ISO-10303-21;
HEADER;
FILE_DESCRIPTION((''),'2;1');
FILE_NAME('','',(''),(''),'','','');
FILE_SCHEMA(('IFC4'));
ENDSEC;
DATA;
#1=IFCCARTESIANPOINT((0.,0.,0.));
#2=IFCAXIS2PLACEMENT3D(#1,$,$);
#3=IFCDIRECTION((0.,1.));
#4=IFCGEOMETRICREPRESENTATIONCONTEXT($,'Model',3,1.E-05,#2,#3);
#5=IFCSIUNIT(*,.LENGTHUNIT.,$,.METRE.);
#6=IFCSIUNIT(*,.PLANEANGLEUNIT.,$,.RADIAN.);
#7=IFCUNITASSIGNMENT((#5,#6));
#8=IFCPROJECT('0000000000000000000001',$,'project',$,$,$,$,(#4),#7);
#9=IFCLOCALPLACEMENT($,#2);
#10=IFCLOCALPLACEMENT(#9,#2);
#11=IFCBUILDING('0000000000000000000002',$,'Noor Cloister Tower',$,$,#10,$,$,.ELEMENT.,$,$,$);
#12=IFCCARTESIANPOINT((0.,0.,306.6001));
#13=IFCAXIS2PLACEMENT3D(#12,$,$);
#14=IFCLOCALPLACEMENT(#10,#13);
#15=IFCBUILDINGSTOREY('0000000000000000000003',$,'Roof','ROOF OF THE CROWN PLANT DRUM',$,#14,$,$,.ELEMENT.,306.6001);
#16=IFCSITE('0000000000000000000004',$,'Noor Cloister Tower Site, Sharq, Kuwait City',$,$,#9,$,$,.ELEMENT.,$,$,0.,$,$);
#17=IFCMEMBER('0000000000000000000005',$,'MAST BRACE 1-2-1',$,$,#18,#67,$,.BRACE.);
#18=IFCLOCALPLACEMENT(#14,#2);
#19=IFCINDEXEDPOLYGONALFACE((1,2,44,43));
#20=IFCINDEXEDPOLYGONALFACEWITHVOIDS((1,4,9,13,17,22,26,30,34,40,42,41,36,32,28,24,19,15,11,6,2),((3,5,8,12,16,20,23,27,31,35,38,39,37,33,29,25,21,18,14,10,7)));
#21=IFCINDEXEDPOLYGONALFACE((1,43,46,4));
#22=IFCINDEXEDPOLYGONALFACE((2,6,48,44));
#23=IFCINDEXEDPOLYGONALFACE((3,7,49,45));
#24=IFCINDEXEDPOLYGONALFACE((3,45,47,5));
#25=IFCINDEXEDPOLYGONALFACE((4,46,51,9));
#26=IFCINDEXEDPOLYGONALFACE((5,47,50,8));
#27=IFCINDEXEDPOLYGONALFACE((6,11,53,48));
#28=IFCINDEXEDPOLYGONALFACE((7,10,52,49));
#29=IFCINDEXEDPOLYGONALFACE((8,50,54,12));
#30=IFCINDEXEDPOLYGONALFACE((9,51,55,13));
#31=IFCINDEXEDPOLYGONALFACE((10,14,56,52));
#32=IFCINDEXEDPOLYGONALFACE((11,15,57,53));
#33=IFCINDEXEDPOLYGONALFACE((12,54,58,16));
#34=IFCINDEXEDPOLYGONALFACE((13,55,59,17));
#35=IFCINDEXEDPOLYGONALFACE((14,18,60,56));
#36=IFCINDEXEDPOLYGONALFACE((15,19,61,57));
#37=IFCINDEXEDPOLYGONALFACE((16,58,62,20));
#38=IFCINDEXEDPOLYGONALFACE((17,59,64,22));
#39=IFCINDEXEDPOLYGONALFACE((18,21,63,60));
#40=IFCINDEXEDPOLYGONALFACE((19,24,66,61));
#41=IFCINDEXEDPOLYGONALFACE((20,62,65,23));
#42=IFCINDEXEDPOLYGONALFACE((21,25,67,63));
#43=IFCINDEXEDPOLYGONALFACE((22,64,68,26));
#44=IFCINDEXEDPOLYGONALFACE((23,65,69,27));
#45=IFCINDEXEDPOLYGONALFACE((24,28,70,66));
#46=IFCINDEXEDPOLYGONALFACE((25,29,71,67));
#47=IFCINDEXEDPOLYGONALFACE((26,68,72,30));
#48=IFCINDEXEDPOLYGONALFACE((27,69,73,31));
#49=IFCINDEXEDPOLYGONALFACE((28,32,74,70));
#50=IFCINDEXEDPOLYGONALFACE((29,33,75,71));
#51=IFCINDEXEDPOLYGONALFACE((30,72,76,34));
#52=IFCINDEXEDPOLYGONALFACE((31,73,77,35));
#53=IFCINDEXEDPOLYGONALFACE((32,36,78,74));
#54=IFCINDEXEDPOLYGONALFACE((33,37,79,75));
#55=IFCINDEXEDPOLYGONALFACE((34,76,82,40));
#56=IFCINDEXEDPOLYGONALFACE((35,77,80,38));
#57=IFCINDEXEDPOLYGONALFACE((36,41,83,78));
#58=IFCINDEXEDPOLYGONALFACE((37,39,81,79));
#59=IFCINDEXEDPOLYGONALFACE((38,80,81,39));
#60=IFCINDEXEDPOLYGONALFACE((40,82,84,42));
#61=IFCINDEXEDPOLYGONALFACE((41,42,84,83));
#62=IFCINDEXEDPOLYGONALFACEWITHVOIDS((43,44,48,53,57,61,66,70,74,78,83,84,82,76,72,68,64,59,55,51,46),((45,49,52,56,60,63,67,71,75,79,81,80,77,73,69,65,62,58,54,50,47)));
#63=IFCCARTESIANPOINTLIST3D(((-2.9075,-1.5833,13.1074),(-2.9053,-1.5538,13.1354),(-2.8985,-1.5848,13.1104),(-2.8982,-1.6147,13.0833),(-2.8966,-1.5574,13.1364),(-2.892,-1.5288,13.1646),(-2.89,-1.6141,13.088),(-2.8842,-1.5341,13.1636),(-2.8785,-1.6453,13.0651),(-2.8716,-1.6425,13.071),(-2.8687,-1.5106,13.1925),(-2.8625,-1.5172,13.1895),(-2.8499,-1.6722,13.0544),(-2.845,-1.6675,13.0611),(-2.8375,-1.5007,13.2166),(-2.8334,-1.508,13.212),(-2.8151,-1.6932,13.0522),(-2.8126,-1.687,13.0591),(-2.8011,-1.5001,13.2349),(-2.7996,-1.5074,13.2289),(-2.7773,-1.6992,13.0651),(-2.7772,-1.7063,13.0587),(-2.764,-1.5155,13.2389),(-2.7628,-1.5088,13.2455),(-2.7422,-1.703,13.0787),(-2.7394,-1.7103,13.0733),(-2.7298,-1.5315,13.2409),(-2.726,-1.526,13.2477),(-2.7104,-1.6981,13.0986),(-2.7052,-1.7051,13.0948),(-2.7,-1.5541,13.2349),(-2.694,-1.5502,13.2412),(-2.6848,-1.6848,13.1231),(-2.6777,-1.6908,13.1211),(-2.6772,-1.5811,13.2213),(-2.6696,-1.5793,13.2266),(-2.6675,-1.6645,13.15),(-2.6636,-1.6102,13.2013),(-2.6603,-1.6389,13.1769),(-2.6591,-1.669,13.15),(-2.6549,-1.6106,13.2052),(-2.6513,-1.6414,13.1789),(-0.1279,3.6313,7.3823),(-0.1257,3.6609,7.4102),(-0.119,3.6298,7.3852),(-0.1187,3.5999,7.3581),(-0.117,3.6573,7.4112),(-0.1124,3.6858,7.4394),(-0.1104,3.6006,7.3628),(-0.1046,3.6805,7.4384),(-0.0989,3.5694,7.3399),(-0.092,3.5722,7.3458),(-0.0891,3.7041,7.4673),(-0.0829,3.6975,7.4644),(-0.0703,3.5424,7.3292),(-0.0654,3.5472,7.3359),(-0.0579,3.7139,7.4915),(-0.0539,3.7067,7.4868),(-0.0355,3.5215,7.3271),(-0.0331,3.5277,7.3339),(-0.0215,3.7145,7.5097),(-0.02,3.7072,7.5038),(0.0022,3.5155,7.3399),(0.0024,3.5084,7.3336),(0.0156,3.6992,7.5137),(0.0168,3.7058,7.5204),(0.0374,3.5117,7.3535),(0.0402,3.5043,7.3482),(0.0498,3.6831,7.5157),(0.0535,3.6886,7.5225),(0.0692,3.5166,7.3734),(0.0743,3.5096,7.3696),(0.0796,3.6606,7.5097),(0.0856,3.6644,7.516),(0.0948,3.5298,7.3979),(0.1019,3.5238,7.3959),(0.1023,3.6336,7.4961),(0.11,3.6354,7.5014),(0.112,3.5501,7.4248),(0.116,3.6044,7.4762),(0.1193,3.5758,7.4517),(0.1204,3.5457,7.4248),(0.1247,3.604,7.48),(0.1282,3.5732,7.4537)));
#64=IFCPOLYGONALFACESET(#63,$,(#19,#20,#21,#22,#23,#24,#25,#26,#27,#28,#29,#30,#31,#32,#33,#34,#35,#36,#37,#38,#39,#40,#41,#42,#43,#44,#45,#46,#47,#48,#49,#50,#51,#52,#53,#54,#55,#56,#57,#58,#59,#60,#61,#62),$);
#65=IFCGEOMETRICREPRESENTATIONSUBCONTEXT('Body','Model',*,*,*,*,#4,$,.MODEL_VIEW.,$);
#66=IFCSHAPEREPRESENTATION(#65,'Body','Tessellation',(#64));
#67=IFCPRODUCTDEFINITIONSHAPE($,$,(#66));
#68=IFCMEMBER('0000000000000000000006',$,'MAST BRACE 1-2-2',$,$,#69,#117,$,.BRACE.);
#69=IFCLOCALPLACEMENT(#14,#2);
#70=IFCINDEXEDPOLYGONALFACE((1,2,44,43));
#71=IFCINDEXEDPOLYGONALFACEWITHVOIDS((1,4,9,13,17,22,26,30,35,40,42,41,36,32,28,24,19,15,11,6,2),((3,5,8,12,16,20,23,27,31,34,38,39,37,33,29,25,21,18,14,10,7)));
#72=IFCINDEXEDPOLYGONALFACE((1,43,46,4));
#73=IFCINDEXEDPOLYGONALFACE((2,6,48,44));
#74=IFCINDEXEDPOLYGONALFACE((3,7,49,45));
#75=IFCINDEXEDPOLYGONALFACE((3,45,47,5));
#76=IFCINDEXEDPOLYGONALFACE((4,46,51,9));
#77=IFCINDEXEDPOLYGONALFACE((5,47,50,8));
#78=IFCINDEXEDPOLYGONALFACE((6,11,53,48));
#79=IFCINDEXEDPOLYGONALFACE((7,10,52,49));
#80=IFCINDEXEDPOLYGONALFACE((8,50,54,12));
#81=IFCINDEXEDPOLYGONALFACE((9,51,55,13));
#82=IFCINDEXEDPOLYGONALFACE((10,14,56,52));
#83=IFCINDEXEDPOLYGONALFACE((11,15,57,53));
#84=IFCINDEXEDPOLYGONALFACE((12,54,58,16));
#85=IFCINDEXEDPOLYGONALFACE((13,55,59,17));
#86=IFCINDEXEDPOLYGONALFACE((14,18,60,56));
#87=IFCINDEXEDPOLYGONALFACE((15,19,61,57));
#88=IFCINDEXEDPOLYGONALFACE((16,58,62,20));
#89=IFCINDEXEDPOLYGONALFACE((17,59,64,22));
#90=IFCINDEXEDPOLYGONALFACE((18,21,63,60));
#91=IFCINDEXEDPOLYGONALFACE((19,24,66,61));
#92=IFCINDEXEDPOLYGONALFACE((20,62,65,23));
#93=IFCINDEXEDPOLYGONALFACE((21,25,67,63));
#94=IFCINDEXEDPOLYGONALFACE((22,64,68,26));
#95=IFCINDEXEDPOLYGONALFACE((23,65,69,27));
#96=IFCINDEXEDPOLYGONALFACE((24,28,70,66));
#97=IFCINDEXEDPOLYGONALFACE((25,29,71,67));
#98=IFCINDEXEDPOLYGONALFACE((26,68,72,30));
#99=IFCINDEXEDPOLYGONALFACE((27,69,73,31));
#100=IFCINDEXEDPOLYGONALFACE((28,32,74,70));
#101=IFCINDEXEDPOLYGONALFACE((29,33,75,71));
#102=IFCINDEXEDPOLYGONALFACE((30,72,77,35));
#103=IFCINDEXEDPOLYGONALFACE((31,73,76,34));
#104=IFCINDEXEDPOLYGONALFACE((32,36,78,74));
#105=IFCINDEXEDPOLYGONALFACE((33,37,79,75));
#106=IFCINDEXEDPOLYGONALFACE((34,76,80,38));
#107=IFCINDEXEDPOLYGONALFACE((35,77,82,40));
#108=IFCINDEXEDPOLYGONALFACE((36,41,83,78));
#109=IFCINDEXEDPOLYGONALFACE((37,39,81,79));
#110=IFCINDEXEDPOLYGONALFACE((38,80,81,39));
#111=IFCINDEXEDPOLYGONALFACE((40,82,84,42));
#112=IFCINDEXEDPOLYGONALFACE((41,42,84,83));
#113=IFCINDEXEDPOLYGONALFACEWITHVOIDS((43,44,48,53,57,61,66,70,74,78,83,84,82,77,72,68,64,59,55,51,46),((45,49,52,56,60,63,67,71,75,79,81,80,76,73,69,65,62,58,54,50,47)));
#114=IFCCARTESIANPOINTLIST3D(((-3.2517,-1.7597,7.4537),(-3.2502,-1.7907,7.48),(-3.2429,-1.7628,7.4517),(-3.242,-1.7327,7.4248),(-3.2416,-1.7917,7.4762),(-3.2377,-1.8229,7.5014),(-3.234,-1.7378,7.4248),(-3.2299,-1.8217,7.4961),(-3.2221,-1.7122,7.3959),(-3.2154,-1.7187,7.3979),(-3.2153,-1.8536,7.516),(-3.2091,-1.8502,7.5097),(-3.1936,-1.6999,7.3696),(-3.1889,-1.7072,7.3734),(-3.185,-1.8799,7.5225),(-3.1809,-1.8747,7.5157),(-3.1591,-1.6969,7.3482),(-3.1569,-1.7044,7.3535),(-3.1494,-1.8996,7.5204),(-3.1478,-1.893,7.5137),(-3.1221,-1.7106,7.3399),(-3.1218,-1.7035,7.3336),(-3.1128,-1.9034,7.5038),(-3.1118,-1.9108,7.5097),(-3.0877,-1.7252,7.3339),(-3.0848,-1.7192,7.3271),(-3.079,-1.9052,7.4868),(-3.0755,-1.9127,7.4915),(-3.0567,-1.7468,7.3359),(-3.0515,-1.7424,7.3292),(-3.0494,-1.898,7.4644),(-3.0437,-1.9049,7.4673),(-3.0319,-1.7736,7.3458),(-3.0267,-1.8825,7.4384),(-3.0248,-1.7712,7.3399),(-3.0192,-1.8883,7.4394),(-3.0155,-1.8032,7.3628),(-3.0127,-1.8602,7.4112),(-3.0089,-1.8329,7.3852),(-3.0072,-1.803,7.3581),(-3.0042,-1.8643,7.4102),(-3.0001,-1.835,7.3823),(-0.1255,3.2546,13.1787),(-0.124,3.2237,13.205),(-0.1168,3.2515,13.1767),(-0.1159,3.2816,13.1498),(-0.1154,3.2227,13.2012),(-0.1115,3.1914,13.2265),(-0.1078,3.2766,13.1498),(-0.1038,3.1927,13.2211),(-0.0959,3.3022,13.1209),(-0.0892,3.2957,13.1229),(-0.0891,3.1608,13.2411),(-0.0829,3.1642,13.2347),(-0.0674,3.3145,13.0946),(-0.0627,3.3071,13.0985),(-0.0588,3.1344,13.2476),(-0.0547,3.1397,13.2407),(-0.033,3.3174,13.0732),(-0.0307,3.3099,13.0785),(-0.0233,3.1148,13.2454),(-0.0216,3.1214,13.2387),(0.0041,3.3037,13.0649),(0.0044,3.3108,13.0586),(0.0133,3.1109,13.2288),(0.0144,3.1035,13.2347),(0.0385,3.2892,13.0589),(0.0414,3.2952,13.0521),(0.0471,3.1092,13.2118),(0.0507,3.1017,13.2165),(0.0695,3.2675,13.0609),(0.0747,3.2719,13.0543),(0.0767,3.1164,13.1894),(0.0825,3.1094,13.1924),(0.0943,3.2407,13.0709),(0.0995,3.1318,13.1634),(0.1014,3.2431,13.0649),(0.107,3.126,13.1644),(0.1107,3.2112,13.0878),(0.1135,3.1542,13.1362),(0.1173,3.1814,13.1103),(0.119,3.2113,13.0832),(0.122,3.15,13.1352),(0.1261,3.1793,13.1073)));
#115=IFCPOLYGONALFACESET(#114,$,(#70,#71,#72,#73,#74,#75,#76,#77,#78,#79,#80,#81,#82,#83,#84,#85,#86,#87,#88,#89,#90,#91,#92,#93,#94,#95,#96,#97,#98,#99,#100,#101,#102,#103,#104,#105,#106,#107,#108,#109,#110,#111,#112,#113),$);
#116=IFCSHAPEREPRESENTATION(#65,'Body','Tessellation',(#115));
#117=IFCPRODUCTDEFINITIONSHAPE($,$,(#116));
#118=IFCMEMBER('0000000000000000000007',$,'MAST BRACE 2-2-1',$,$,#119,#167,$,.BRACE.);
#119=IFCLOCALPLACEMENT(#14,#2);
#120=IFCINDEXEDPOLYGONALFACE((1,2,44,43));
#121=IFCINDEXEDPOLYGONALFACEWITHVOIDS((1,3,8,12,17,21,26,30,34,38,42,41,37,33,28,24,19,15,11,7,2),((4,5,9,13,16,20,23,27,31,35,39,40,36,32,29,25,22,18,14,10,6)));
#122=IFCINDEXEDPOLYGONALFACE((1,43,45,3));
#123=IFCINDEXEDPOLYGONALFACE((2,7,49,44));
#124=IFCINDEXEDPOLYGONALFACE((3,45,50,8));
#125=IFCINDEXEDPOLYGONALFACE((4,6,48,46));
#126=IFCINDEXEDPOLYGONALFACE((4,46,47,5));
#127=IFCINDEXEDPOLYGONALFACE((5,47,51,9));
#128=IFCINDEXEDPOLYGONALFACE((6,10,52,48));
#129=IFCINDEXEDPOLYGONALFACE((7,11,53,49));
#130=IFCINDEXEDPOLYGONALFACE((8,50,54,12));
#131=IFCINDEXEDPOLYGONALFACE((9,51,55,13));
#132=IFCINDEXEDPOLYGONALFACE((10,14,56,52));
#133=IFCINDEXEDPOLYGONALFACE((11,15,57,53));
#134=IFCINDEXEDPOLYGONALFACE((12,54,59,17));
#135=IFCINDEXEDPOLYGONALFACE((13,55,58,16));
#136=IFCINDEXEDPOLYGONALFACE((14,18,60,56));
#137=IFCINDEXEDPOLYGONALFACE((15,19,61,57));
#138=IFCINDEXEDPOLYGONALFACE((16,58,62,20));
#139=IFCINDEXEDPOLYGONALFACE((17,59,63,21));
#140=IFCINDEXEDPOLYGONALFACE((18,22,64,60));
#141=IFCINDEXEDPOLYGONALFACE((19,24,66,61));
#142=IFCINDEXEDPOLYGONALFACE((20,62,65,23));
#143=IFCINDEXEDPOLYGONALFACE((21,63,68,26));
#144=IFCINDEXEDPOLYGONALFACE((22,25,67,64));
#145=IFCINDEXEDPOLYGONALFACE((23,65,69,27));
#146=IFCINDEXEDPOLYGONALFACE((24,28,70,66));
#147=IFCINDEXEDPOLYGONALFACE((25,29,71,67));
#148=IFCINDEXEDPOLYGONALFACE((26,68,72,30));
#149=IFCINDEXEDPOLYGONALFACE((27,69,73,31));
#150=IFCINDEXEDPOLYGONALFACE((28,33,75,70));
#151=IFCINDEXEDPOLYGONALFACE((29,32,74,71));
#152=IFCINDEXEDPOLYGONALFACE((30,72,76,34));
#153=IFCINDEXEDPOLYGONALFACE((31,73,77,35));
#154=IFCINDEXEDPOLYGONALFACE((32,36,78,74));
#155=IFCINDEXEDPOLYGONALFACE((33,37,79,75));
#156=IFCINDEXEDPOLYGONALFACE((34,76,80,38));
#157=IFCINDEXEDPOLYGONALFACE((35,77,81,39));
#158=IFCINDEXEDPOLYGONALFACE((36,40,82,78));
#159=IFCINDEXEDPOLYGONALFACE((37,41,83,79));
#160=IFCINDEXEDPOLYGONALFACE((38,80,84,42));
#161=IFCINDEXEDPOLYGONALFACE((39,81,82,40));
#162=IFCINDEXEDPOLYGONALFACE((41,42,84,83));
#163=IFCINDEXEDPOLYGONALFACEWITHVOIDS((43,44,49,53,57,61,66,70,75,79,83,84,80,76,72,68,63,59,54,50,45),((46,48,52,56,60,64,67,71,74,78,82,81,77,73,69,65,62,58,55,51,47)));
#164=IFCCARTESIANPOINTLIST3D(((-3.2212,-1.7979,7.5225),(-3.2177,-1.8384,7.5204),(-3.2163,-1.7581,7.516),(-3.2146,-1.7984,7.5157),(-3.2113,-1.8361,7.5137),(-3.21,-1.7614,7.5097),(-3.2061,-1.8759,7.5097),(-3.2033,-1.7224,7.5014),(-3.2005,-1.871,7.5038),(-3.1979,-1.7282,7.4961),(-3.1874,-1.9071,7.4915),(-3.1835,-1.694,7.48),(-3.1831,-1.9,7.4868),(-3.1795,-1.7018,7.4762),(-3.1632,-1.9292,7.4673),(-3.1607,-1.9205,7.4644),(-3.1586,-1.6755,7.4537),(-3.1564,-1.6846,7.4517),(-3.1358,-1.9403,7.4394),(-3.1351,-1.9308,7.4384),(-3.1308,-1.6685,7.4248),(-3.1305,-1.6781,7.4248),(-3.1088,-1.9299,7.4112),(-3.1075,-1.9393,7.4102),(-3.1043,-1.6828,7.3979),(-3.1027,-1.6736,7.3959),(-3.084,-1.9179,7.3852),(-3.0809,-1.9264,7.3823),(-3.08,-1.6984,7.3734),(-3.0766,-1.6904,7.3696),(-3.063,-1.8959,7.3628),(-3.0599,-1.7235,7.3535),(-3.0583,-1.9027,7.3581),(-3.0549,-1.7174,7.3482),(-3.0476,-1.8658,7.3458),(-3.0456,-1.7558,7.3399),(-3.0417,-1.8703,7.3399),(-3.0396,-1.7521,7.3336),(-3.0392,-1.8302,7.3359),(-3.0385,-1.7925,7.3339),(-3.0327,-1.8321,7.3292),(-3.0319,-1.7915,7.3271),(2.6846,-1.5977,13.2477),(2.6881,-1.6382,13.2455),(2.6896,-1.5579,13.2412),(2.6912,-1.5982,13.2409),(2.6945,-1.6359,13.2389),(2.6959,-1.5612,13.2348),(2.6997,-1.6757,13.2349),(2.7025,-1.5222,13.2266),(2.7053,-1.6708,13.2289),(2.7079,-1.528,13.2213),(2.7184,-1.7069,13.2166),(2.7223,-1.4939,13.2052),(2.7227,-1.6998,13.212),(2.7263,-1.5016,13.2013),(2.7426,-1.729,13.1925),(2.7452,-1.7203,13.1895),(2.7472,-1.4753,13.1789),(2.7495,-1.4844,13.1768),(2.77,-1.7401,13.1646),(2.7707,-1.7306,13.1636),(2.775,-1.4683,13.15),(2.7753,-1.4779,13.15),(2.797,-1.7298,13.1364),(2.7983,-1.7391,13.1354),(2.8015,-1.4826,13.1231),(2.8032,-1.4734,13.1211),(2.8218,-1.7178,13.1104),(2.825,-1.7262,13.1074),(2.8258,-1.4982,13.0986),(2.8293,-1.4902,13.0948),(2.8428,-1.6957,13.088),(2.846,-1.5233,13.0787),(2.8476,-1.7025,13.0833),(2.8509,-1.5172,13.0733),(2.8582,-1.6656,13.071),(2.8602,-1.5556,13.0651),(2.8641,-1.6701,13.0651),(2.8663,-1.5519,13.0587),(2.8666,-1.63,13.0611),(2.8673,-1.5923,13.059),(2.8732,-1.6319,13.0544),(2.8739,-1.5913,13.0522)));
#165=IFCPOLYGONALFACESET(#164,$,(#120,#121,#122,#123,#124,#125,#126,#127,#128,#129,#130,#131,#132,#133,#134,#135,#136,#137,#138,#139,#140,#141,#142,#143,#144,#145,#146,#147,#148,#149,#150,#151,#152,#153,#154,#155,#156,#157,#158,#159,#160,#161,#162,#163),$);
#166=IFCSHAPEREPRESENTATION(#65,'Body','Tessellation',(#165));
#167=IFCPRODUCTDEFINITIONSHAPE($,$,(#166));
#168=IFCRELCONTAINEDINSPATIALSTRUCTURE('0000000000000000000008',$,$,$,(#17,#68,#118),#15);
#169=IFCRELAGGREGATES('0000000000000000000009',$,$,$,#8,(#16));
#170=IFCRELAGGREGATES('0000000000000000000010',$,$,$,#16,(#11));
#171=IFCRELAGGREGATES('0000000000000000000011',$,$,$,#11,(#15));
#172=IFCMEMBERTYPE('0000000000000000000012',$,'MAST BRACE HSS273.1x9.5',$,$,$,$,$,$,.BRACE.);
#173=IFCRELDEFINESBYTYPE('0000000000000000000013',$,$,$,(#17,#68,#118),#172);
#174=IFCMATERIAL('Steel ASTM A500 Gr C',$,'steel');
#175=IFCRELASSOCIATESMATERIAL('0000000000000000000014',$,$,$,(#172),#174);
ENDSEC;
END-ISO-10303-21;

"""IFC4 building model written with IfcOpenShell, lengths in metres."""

from ifc_helpers import new_model, si_unit, direction, frame, origin, origin_2d, place, context, subcontext, project, spatial, hollow_circle, extrude, material, material_profile, profile_set, type_object, element, save


model = new_model("IFC4")

# Units and contexts
model_context = context("Model", 3, precision=1e-05, world=origin(), true_north=direction((0.0, 1.0)))
body_context = subcontext(model_context, "Body", "Model", "MODEL_VIEW")
ifc_project = project(units=[si_unit("LENGTHUNIT", "METRE"), si_unit("PLANEANGLEUNIT", "RADIAN")], contexts=[model_context])

# Site, building, storey
site_placement = place(None, origin())
site = spatial("IfcSite", under=ifc_project, at=site_placement, Name="Noor Cloister Tower Site, Sharq, Kuwait City", CompositionType="ELEMENT", RefElevation=0.0)
building_placement = place(site_placement, origin())
building = spatial("IfcBuilding", under=site, at=building_placement, Name="Noor Cloister Tower", CompositionType="ELEMENT")
storey_placement = place(building_placement, frame((0.0, 0.0, 306.6001)))
storey = spatial("IfcBuildingStorey", under=building, at=storey_placement, Name="Roof", Description="ROOF OF THE CROWN PLANT DRUM", CompositionType="ELEMENT", Elevation=306.6001)

# Members
ifc_material_1 = material(Name="Steel ASTM A500 Gr C", Category="steel")
ifc_material_profile_1 = material_profile(ifc_material_1, hollow_circle(Radius=0.1365, WallThickness=0.0095, at=origin_2d()), Name="HSS273.1x9.5")
ifc_profile_set_1 = profile_set([ifc_material_profile_1], Name="Steel ASTM A500 Gr C")
member_type_1 = type_object("IfcMemberType", Name="MAST BRACE HSS273.1x9.5", PredefinedType="BRACE", material=ifc_profile_set_1)
member_1_placement = place(storey_placement, frame((0.0, 3.6099, 7.4248), z_axis=(-0.337828, -0.633788, 0.695834), x_axis=(0.882464, -0.47038, 0.0)))
element("IfcMember", 1, at=member_1_placement, inside=storey, type_object=member_type_1, Name="MAST BRACE 1-2-1", PredefinedType="BRACE", context=body_context, shape_type="SweptSolid", body=[
    extrude(hollow_circle(Radius=0.1365, WallThickness=0.0095, at=origin_2d()), origin(), (0.0, 0.0, 1.0), 8.2278),
])
member_2_placement = place(storey_placement, frame((-3.1262, -1.8049, 7.4248), z_axis=(0.379965, 0.609458, 0.695836), x_axis=(-0.84859, 0.529052, 0.0)))
element("IfcMember", 2, at=member_2_placement, inside=storey, type_object=member_type_1, Name="MAST BRACE 1-2-2", PredefinedType="BRACE", context=body_context, shape_type="SweptSolid", body=[
    extrude(hollow_circle(Radius=0.1365, WallThickness=0.0095, at=origin_2d()), origin(), (0.0, 0.0, 1.0), 8.2275),
])
for number, where, z_axis, x_axis, name in (
    (3, (-3.1262, -1.8049, 7.4248), (0.717791, 0.024332, 0.695833), (-0.033879, 0.999426, 0.0), "MAST BRACE 2-2-1"),
):
    element("IfcMember", number, at=place(storey_placement, frame(where, z_axis=z_axis, x_axis=x_axis)), inside=storey, type_object=member_type_1, Name=name, PredefinedType="BRACE", context=body_context, shape_type="SweptSolid", body=[
        extrude(hollow_circle(Radius=0.1365, WallThickness=0.0095, at=origin_2d()), origin(), (0.0, 0.0, 1.0), 8.2278),
    ])

save(model, "model.ifc")
